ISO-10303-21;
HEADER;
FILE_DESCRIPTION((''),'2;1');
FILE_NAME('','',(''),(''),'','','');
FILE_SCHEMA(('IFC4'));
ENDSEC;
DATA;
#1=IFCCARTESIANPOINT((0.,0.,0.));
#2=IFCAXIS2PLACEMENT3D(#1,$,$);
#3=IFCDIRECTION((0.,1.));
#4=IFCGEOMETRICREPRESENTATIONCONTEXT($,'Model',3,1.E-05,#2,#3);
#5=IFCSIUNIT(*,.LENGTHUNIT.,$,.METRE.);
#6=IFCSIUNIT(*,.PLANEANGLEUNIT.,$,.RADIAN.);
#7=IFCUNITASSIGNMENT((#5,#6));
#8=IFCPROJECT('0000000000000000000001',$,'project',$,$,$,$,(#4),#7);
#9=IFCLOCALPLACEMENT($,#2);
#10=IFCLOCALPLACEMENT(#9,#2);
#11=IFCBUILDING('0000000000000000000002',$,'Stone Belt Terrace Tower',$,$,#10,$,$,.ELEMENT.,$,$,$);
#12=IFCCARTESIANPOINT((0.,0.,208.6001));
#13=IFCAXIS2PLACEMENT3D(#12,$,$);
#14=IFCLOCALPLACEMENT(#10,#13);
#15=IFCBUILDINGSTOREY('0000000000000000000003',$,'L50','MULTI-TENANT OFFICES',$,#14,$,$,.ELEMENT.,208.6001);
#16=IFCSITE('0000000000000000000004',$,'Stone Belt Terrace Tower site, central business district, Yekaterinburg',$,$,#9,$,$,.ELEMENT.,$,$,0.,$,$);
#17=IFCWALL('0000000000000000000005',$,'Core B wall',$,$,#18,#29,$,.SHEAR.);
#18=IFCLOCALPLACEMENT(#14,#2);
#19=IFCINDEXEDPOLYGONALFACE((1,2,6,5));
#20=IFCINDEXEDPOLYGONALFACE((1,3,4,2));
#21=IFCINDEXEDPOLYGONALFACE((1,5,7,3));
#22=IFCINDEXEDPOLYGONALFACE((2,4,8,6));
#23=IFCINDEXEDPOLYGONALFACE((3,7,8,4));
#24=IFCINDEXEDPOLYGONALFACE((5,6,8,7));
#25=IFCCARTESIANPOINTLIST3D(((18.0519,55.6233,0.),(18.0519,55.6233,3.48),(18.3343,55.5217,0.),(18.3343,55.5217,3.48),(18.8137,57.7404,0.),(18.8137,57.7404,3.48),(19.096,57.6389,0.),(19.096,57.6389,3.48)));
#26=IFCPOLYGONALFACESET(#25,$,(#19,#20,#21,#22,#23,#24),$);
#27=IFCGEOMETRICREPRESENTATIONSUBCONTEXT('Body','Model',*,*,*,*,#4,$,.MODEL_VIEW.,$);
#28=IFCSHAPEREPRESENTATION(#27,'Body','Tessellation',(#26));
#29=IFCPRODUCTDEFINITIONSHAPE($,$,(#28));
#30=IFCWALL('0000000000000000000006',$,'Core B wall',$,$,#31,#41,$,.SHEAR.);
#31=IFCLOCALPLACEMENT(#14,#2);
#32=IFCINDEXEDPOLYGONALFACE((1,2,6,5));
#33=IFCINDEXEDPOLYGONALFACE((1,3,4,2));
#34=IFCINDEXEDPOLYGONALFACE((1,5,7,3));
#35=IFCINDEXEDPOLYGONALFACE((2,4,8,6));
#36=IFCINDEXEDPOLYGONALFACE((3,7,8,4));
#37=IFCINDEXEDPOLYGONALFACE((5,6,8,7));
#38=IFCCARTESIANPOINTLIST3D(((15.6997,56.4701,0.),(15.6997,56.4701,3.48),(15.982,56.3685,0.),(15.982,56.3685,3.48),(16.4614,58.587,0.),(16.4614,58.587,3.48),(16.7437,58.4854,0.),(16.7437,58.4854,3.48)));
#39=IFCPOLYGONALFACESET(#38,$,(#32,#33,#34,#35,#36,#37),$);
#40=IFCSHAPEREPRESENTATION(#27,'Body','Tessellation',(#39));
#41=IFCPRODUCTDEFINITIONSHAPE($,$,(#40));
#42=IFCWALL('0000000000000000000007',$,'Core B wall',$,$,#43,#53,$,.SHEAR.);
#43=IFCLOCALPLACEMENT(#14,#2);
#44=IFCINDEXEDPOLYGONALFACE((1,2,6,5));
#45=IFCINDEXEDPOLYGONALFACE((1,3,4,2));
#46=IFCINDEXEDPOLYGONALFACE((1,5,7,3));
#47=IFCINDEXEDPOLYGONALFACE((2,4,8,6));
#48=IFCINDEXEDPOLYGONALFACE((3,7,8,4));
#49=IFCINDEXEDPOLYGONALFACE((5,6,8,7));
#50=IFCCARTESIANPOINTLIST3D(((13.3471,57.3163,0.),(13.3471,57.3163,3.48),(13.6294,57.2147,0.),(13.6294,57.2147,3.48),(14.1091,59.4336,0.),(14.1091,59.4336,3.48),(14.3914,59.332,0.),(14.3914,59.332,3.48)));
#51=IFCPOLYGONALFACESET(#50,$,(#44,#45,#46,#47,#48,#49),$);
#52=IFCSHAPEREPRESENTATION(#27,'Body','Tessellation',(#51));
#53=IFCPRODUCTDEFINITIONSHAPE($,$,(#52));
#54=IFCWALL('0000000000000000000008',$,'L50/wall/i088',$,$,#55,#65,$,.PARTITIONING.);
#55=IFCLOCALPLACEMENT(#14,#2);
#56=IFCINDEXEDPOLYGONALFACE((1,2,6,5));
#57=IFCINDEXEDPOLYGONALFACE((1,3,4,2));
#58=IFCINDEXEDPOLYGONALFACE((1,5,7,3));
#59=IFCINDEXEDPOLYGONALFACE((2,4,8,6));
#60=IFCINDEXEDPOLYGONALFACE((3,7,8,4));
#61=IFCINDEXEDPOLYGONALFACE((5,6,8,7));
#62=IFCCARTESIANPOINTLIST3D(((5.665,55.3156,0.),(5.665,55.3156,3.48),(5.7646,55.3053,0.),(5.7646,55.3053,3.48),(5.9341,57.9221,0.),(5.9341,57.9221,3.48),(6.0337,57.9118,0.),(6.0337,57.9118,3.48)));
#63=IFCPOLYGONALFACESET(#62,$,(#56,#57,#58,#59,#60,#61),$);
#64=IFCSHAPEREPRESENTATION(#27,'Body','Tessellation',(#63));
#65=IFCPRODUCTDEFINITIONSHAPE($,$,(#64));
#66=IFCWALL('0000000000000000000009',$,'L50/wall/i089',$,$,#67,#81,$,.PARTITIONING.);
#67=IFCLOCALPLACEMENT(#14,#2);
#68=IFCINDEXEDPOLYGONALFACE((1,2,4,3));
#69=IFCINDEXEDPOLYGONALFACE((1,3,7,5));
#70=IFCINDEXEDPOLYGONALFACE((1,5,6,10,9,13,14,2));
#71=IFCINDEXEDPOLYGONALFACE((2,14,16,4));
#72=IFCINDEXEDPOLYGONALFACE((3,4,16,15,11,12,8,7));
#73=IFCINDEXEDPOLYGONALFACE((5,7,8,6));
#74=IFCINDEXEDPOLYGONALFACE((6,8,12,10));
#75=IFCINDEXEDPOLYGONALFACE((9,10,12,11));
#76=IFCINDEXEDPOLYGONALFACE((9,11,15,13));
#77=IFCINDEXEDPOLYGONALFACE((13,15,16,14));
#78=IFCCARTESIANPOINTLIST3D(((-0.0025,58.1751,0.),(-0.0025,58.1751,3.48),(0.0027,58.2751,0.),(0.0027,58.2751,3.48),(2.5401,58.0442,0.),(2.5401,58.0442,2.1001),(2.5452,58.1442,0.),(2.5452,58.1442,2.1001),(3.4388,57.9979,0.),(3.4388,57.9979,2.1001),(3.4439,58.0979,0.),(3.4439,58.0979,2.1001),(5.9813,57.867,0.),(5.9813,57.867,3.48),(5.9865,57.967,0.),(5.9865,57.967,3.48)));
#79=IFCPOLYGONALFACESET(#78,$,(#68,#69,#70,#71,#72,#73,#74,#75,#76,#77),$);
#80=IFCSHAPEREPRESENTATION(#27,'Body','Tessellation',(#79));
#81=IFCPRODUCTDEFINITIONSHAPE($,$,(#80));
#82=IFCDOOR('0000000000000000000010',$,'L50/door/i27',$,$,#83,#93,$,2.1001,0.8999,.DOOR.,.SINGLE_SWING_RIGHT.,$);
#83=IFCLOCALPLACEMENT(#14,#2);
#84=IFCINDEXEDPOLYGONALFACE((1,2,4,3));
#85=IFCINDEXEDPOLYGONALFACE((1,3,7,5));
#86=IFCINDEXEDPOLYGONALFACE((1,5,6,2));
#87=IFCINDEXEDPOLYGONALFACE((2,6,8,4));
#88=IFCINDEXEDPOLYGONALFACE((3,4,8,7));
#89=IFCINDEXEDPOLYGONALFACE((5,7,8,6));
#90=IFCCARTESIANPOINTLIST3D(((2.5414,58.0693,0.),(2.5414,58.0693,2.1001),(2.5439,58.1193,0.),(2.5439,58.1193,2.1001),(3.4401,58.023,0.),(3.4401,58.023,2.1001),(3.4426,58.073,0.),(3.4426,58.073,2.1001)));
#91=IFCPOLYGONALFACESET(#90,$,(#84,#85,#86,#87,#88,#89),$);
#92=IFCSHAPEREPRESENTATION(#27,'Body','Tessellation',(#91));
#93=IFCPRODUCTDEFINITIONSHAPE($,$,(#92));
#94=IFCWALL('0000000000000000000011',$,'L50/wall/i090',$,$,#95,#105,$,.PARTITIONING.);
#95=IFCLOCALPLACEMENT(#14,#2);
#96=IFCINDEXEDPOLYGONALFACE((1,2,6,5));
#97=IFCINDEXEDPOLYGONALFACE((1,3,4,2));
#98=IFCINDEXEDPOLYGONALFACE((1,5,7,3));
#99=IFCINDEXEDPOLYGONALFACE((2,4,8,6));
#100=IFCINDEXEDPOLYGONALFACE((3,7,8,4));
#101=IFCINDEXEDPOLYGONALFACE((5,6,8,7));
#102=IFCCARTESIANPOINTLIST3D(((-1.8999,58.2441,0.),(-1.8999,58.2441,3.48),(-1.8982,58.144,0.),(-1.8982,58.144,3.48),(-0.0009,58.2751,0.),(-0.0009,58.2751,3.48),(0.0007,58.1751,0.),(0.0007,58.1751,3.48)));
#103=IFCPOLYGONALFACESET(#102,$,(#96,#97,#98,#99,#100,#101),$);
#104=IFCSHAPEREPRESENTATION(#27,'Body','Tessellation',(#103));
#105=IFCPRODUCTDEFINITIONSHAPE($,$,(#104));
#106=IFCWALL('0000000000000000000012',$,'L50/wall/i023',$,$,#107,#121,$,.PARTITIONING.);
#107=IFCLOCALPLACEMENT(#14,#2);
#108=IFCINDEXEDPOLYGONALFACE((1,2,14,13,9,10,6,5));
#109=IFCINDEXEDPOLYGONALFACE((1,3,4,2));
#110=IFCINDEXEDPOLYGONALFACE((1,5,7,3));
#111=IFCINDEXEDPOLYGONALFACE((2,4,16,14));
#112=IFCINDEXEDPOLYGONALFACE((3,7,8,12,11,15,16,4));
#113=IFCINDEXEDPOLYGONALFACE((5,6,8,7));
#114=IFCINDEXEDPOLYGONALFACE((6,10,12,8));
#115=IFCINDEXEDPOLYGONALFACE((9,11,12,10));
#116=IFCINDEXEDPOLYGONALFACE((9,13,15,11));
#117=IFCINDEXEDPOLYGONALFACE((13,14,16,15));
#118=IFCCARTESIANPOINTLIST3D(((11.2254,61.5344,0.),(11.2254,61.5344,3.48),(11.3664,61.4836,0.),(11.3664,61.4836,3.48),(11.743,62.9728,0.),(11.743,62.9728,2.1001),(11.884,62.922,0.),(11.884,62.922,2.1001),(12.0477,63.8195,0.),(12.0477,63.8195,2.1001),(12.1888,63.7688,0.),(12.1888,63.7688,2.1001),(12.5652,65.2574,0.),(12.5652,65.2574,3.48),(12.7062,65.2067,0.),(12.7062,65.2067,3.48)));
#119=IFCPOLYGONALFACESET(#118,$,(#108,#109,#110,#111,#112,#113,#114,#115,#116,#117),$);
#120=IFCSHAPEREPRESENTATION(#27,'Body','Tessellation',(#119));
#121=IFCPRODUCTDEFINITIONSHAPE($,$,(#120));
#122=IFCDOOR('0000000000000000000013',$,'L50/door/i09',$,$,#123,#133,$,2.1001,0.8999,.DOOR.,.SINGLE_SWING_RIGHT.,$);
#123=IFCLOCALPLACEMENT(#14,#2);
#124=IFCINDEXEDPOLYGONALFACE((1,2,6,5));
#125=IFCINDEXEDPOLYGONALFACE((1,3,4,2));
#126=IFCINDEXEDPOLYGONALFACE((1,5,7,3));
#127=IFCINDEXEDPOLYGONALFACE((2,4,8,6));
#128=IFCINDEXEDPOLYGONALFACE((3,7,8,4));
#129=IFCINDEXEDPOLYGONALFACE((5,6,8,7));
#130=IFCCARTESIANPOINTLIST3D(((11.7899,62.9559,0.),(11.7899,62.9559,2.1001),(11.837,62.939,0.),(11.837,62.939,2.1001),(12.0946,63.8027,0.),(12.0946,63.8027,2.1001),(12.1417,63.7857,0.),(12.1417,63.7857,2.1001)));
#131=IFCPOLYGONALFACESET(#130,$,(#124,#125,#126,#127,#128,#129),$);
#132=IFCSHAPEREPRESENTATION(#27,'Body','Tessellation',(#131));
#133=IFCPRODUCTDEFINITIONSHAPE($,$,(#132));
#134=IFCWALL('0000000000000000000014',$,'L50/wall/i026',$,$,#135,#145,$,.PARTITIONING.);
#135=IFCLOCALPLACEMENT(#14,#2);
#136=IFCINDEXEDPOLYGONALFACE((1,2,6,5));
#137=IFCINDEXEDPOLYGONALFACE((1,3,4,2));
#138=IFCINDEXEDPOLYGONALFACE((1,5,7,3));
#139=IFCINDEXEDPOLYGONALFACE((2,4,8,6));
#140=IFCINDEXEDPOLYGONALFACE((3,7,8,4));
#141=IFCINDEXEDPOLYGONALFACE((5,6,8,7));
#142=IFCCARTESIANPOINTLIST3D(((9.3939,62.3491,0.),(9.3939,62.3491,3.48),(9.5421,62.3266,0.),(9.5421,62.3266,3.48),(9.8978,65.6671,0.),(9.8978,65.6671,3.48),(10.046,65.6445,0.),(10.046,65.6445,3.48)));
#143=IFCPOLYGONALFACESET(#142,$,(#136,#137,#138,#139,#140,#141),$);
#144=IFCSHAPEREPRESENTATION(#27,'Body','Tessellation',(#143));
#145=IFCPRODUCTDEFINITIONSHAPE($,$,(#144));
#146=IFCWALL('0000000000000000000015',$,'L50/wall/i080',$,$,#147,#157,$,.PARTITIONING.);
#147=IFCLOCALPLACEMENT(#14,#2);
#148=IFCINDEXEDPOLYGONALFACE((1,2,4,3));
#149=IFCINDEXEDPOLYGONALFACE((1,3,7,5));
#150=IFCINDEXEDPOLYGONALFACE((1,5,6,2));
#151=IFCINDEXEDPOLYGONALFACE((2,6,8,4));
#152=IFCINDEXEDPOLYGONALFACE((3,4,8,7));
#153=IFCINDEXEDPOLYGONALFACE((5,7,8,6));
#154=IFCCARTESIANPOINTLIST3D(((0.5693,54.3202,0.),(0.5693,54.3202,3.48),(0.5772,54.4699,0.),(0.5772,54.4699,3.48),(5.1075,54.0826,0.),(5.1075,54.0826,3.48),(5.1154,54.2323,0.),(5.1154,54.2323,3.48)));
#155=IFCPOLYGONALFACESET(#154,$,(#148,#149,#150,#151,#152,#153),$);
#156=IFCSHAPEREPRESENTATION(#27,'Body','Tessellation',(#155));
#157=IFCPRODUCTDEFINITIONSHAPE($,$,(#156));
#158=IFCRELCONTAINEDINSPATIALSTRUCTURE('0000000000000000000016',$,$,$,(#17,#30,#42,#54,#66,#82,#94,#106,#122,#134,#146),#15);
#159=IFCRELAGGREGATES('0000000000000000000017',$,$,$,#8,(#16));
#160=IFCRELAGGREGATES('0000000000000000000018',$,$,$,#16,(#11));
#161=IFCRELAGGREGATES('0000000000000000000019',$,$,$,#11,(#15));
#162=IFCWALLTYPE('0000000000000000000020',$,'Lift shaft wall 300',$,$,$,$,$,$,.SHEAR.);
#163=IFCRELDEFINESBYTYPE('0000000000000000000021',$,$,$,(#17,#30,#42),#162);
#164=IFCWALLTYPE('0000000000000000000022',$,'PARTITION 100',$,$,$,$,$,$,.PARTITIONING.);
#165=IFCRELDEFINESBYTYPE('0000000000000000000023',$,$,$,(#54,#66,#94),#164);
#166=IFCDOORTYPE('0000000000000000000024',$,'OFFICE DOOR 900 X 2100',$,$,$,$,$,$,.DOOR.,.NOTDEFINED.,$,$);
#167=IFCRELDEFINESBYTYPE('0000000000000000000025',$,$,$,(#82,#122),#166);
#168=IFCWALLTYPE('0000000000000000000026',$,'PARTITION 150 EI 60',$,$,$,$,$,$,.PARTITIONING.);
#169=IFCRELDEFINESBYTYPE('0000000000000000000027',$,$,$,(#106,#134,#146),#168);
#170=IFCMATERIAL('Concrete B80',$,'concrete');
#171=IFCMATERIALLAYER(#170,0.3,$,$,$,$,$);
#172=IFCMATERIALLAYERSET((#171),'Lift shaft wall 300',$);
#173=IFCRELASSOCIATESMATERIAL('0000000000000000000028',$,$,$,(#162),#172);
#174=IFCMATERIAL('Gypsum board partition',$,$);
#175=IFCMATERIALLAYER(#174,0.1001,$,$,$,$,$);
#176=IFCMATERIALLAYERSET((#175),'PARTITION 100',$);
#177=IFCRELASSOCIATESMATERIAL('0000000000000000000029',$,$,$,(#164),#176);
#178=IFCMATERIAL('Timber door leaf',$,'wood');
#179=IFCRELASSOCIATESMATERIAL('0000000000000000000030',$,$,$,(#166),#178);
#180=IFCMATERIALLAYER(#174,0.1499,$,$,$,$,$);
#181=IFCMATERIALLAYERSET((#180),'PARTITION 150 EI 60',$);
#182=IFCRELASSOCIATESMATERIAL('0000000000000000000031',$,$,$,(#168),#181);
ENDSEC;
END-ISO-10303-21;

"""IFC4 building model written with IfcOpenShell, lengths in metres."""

from ifc_helpers import new_model, si_unit, direction, frame, frame_2d, origin, place, context, subcontext, project, spatial, rectangle, extrude, material, layer, layer_set, type_object, element, fill, save


model = new_model("IFC4")

# Units and contexts
model_context = context("Model", 3, precision=1e-05, world=origin(), true_north=direction((0.0, 1.0)))
body_context = subcontext(model_context, "Body", "Model", "MODEL_VIEW")
ifc_project = project(units=[si_unit("LENGTHUNIT", "METRE"), si_unit("PLANEANGLEUNIT", "RADIAN")], contexts=[model_context])

# Site, building, storey
site_placement = place(None, origin())
site = spatial("IfcSite", under=ifc_project, at=site_placement, Name="Stone Belt Terrace Tower site, central business district, Yekaterinburg", CompositionType="ELEMENT", RefElevation=0.0)
building_placement = place(site_placement, origin())
building = spatial("IfcBuilding", under=site, at=building_placement, Name="Stone Belt Terrace Tower", CompositionType="ELEMENT")
storey_placement = place(building_placement, frame((0.0, 0.0, 208.6001)))
storey = spatial("IfcBuildingStorey", under=building, at=storey_placement, Name="L50", Description="MULTI-TENANT OFFICES", CompositionType="ELEMENT", Elevation=208.6001)

# Shared definitions
ifc_material_1 = material(Name="Timber door leaf", Category="wood")

# Walls
ifc_material_2 = material(Name="Concrete B80", Category="concrete")
ifc_layer_1 = layer(ifc_material_2, 0.3)
ifc_layer_set_1 = layer_set([ifc_layer_1], Name="Lift shaft wall 300")
wall_type_1 = type_object("IfcWallType", Name="Lift shaft wall 300", PredefinedType="SHEAR", material=ifc_layer_set_1)
wall_1_placement = place(storey_placement, frame((18.1931, 55.5725, 0.0), z_axis=(0.0, 0.0, 1.0), x_axis=(0.338535, 0.940954, 0.0)))
element("IfcWall", 1, at=wall_1_placement, inside=storey, type_object=wall_type_1, Name="Core B wall", PredefinedType="SHEAR", context=body_context, shape_type="SweptSolid", body=[
    extrude(rectangle(XDim=2.25, YDim=0.3, at=frame_2d((1.125, 0.0))), origin(), (0.0, 0.0, 1.0), 3.48),
])
wall_2_placement = place(storey_placement, frame((15.8408, 56.4192, 0.0), z_axis=(0.0, 0.0, 1.0), x_axis=(0.33857, 0.940941, 0.0)))
element("IfcWall", 2, at=wall_2_placement, inside=storey, type_object=wall_type_1, Name="Core B wall", PredefinedType="SHEAR", context=body_context, shape_type="SweptSolid", body=[
    extrude(rectangle(XDim=2.2498, YDim=0.3, at=frame_2d((1.125, 0.0))), origin(), (0.0, 0.0, 1.0), 3.48),
])
wall_3_placement = place(storey_placement, frame((13.4883, 57.2656, 0.0), z_axis=(0.0, 0.0, 1.0), x_axis=(0.338631, 0.940919, 0.0)))
element("IfcWall", 3, at=wall_3_placement, inside=storey, type_object=wall_type_1, Name="Core B wall", PredefinedType="SHEAR", context=body_context, shape_type="SweptSolid", body=[
    extrude(rectangle(XDim=2.2502, YDim=0.3, at=frame_2d((1.125, 0.0))), origin(), (0.0, 0.0, 1.0), 3.48),
])
ifc_material_3 = material(Name="Gypsum board partition")
ifc_layer_2 = layer(ifc_material_3, 0.1001)
ifc_layer_set_2 = layer_set([ifc_layer_2], Name="PARTITION 100")
wall_type_2 = type_object("IfcWallType", Name="PARTITION 100", PredefinedType="PARTITIONING", material=ifc_layer_set_2)
wall_4_placement = place(storey_placement, frame((5.7148, 55.3105, 0.0), z_axis=(0.0, 0.0, 1.0), x_axis=(0.102677, 0.994715, 0.0)))
element("IfcWall", 4, at=wall_4_placement, inside=storey, type_object=wall_type_2, Name="L50/wall/i088", PredefinedType="PARTITIONING", context=body_context, shape_type="SweptSolid", body=[
    extrude(rectangle(XDim=2.6204, YDim=0.1001, at=frame_2d((1.3101, 0.0))), origin(), (0.0, 0.0, 1.0), 3.48),
])

# Wall, opening, door
wall_5_placement = place(storey_placement, frame((5.9839, 57.917, 0.0), z_axis=(0.0, 0.0, 1.0), x_axis=(-0.998677, 0.051421, 0.0)))
wall_5 = element("IfcWall", 5, at=wall_5_placement, inside=storey, type_object=wall_type_2, Name="L50/wall/i089", PredefinedType="PARTITIONING", context=body_context, shape_type="SweptSolid", body=[
    extrude(rectangle(XDim=5.9917, YDim=0.1001, at=frame_2d((2.9958, 0.0))), origin(), (0.0, 0.0, 1.0), 3.48),
])
opening_1_placement = place(wall_5_placement, frame((2.5459, 0.0, 0.0)))
opening_1 = element("IfcOpeningElement", 6, at=opening_1_placement, cuts=wall_5, PredefinedType="OPENING", context=body_context, shape_type="SweptSolid", body=[
    extrude(rectangle(XDim=0.8999, YDim=2.1001, at=frame_2d((0.45, 1.05))), frame((0.0, 0.0601, 0.0), z_axis=(0.0, -1.0, 0.0), x_axis=(1.0, 0.0, 0.0)), (0.0, 0.0, 1.0), 0.1201),
])
door_type_1 = type_object("IfcDoorType", Name="OFFICE DOOR 900 X 2100", OperationType="NOTDEFINED", PredefinedType="DOOR", material=ifc_material_1)
door_1_placement = place(opening_1_placement, origin())
door_1 = element("IfcDoor", 7, at=door_1_placement, inside=storey, type_object=door_type_1, Name="L50/door/i27", OperationType="SINGLE_SWING_RIGHT", OverallHeight=2.1001, OverallWidth=0.8999, PredefinedType="DOOR", context=body_context, shape_type="SweptSolid", body=[
    extrude(rectangle(XDim=0.8999, YDim=2.1001, at=frame_2d((0.45, 1.05))), frame((0.0, 0.0249, 0.0), z_axis=(0.0, -1.0, 0.0), x_axis=(1.0, 0.0, 0.0)), (0.0, 0.0, 1.0), 0.05),
])
fill(opening_1, door_1)

# Wall
wall_6_placement = place(storey_placement, frame((0.0, 58.2251, 0.0), z_axis=(0.0, 0.0, 1.0), x_axis=(-0.999867, -0.016326, 0.0)))
element("IfcWall", 8, at=wall_6_placement, inside=storey, type_object=wall_type_2, Name="L50/wall/i090", PredefinedType="PARTITIONING", context=body_context, shape_type="SweptSolid", body=[
    extrude(rectangle(XDim=1.8992, YDim=0.1001, at=frame_2d((0.9497, 0.0))), origin(), (0.0, 0.0, 1.0), 3.48),
])

# Wall, opening, door
ifc_layer_3 = layer(ifc_material_3, 0.1499)
ifc_layer_set_3 = layer_set([ifc_layer_3], Name="PARTITION 150 EI 60")
wall_type_3 = type_object("IfcWallType", Name="PARTITION 150 EI 60", PredefinedType="PARTITIONING", material=ifc_layer_set_3)
wall_7_placement = place(storey_placement, frame((12.6357, 65.2322, 0.0), z_axis=(0.0, 0.0, 1.0), x_axis=(-0.33861, -0.940927, 0.0)))
wall_7 = element("IfcWall", 9, at=wall_7_placement, inside=storey, type_object=wall_type_3, Name="L50/wall/i023", PredefinedType="PARTITIONING", context=body_context, shape_type="SweptSolid", body=[
    extrude(rectangle(XDim=3.9568, YDim=0.1499, at=frame_2d((1.9785, 0.0))), origin(), (0.0, 0.0, 1.0), 3.48),
])
opening_2_placement = place(wall_7_placement, frame((1.5283, 0.0, 0.0)))
opening_2 = element("IfcOpeningElement", 10, at=opening_2_placement, cuts=wall_7, PredefinedType="OPENING", context=body_context, shape_type="SweptSolid", body=[
    extrude(rectangle(XDim=0.8999, YDim=2.1001, at=frame_2d((0.45, 1.05))), frame((0.0, 0.085, 0.0), z_axis=(0.0, -1.0, 0.0), x_axis=(1.0, 0.0, 0.0)), (0.0, 0.0, 1.0), 0.1699),
])
door_2_placement = place(opening_2_placement, origin())
door_2 = element("IfcDoor", 11, at=door_2_placement, inside=storey, type_object=door_type_1, Name="L50/door/i09", OperationType="SINGLE_SWING_RIGHT", OverallHeight=2.1001, OverallWidth=0.8999, PredefinedType="DOOR", context=body_context, shape_type="SweptSolid", body=[
    extrude(rectangle(XDim=0.8999, YDim=2.1001, at=frame_2d((0.45, 1.05))), frame((0.0, 0.0249, 0.0), z_axis=(0.0, -1.0, 0.0), x_axis=(1.0, 0.0, 0.0)), (0.0, 0.0, 1.0), 0.05),
])
fill(opening_2, door_2)

# Walls
wall_8_placement = place(storey_placement, frame((9.468, 62.3379, 0.0), z_axis=(0.0, 0.0, 1.0), x_axis=(0.150154, 0.988663, 0.0)))
element("IfcWall", 12, at=wall_8_placement, inside=storey, type_object=wall_type_3, Name="L50/wall/i026", PredefinedType="PARTITIONING", context=body_context, shape_type="SweptSolid", body=[
    extrude(rectangle(XDim=3.356, YDim=0.1499, at=frame_2d((1.678, 0.0))), origin(), (0.0, 0.0, 1.0), 3.48),
])
wall_9_placement = place(storey_placement, frame((0.5732, 54.395, 0.0), z_axis=(0.0, 0.0, 1.0), x_axis=(0.998633, -0.052271, 0.0)))
element("IfcWall", 13, at=wall_9_placement, inside=storey, type_object=wall_type_3, Name="L50/wall/i080", PredefinedType="PARTITIONING", context=body_context, shape_type="SweptSolid", body=[
    extrude(rectangle(XDim=4.5444, YDim=0.1499, at=frame_2d((2.2722, 0.0))), origin(), (0.0, 0.0, 1.0), 3.48),
])

save(model, "model.ifc")
